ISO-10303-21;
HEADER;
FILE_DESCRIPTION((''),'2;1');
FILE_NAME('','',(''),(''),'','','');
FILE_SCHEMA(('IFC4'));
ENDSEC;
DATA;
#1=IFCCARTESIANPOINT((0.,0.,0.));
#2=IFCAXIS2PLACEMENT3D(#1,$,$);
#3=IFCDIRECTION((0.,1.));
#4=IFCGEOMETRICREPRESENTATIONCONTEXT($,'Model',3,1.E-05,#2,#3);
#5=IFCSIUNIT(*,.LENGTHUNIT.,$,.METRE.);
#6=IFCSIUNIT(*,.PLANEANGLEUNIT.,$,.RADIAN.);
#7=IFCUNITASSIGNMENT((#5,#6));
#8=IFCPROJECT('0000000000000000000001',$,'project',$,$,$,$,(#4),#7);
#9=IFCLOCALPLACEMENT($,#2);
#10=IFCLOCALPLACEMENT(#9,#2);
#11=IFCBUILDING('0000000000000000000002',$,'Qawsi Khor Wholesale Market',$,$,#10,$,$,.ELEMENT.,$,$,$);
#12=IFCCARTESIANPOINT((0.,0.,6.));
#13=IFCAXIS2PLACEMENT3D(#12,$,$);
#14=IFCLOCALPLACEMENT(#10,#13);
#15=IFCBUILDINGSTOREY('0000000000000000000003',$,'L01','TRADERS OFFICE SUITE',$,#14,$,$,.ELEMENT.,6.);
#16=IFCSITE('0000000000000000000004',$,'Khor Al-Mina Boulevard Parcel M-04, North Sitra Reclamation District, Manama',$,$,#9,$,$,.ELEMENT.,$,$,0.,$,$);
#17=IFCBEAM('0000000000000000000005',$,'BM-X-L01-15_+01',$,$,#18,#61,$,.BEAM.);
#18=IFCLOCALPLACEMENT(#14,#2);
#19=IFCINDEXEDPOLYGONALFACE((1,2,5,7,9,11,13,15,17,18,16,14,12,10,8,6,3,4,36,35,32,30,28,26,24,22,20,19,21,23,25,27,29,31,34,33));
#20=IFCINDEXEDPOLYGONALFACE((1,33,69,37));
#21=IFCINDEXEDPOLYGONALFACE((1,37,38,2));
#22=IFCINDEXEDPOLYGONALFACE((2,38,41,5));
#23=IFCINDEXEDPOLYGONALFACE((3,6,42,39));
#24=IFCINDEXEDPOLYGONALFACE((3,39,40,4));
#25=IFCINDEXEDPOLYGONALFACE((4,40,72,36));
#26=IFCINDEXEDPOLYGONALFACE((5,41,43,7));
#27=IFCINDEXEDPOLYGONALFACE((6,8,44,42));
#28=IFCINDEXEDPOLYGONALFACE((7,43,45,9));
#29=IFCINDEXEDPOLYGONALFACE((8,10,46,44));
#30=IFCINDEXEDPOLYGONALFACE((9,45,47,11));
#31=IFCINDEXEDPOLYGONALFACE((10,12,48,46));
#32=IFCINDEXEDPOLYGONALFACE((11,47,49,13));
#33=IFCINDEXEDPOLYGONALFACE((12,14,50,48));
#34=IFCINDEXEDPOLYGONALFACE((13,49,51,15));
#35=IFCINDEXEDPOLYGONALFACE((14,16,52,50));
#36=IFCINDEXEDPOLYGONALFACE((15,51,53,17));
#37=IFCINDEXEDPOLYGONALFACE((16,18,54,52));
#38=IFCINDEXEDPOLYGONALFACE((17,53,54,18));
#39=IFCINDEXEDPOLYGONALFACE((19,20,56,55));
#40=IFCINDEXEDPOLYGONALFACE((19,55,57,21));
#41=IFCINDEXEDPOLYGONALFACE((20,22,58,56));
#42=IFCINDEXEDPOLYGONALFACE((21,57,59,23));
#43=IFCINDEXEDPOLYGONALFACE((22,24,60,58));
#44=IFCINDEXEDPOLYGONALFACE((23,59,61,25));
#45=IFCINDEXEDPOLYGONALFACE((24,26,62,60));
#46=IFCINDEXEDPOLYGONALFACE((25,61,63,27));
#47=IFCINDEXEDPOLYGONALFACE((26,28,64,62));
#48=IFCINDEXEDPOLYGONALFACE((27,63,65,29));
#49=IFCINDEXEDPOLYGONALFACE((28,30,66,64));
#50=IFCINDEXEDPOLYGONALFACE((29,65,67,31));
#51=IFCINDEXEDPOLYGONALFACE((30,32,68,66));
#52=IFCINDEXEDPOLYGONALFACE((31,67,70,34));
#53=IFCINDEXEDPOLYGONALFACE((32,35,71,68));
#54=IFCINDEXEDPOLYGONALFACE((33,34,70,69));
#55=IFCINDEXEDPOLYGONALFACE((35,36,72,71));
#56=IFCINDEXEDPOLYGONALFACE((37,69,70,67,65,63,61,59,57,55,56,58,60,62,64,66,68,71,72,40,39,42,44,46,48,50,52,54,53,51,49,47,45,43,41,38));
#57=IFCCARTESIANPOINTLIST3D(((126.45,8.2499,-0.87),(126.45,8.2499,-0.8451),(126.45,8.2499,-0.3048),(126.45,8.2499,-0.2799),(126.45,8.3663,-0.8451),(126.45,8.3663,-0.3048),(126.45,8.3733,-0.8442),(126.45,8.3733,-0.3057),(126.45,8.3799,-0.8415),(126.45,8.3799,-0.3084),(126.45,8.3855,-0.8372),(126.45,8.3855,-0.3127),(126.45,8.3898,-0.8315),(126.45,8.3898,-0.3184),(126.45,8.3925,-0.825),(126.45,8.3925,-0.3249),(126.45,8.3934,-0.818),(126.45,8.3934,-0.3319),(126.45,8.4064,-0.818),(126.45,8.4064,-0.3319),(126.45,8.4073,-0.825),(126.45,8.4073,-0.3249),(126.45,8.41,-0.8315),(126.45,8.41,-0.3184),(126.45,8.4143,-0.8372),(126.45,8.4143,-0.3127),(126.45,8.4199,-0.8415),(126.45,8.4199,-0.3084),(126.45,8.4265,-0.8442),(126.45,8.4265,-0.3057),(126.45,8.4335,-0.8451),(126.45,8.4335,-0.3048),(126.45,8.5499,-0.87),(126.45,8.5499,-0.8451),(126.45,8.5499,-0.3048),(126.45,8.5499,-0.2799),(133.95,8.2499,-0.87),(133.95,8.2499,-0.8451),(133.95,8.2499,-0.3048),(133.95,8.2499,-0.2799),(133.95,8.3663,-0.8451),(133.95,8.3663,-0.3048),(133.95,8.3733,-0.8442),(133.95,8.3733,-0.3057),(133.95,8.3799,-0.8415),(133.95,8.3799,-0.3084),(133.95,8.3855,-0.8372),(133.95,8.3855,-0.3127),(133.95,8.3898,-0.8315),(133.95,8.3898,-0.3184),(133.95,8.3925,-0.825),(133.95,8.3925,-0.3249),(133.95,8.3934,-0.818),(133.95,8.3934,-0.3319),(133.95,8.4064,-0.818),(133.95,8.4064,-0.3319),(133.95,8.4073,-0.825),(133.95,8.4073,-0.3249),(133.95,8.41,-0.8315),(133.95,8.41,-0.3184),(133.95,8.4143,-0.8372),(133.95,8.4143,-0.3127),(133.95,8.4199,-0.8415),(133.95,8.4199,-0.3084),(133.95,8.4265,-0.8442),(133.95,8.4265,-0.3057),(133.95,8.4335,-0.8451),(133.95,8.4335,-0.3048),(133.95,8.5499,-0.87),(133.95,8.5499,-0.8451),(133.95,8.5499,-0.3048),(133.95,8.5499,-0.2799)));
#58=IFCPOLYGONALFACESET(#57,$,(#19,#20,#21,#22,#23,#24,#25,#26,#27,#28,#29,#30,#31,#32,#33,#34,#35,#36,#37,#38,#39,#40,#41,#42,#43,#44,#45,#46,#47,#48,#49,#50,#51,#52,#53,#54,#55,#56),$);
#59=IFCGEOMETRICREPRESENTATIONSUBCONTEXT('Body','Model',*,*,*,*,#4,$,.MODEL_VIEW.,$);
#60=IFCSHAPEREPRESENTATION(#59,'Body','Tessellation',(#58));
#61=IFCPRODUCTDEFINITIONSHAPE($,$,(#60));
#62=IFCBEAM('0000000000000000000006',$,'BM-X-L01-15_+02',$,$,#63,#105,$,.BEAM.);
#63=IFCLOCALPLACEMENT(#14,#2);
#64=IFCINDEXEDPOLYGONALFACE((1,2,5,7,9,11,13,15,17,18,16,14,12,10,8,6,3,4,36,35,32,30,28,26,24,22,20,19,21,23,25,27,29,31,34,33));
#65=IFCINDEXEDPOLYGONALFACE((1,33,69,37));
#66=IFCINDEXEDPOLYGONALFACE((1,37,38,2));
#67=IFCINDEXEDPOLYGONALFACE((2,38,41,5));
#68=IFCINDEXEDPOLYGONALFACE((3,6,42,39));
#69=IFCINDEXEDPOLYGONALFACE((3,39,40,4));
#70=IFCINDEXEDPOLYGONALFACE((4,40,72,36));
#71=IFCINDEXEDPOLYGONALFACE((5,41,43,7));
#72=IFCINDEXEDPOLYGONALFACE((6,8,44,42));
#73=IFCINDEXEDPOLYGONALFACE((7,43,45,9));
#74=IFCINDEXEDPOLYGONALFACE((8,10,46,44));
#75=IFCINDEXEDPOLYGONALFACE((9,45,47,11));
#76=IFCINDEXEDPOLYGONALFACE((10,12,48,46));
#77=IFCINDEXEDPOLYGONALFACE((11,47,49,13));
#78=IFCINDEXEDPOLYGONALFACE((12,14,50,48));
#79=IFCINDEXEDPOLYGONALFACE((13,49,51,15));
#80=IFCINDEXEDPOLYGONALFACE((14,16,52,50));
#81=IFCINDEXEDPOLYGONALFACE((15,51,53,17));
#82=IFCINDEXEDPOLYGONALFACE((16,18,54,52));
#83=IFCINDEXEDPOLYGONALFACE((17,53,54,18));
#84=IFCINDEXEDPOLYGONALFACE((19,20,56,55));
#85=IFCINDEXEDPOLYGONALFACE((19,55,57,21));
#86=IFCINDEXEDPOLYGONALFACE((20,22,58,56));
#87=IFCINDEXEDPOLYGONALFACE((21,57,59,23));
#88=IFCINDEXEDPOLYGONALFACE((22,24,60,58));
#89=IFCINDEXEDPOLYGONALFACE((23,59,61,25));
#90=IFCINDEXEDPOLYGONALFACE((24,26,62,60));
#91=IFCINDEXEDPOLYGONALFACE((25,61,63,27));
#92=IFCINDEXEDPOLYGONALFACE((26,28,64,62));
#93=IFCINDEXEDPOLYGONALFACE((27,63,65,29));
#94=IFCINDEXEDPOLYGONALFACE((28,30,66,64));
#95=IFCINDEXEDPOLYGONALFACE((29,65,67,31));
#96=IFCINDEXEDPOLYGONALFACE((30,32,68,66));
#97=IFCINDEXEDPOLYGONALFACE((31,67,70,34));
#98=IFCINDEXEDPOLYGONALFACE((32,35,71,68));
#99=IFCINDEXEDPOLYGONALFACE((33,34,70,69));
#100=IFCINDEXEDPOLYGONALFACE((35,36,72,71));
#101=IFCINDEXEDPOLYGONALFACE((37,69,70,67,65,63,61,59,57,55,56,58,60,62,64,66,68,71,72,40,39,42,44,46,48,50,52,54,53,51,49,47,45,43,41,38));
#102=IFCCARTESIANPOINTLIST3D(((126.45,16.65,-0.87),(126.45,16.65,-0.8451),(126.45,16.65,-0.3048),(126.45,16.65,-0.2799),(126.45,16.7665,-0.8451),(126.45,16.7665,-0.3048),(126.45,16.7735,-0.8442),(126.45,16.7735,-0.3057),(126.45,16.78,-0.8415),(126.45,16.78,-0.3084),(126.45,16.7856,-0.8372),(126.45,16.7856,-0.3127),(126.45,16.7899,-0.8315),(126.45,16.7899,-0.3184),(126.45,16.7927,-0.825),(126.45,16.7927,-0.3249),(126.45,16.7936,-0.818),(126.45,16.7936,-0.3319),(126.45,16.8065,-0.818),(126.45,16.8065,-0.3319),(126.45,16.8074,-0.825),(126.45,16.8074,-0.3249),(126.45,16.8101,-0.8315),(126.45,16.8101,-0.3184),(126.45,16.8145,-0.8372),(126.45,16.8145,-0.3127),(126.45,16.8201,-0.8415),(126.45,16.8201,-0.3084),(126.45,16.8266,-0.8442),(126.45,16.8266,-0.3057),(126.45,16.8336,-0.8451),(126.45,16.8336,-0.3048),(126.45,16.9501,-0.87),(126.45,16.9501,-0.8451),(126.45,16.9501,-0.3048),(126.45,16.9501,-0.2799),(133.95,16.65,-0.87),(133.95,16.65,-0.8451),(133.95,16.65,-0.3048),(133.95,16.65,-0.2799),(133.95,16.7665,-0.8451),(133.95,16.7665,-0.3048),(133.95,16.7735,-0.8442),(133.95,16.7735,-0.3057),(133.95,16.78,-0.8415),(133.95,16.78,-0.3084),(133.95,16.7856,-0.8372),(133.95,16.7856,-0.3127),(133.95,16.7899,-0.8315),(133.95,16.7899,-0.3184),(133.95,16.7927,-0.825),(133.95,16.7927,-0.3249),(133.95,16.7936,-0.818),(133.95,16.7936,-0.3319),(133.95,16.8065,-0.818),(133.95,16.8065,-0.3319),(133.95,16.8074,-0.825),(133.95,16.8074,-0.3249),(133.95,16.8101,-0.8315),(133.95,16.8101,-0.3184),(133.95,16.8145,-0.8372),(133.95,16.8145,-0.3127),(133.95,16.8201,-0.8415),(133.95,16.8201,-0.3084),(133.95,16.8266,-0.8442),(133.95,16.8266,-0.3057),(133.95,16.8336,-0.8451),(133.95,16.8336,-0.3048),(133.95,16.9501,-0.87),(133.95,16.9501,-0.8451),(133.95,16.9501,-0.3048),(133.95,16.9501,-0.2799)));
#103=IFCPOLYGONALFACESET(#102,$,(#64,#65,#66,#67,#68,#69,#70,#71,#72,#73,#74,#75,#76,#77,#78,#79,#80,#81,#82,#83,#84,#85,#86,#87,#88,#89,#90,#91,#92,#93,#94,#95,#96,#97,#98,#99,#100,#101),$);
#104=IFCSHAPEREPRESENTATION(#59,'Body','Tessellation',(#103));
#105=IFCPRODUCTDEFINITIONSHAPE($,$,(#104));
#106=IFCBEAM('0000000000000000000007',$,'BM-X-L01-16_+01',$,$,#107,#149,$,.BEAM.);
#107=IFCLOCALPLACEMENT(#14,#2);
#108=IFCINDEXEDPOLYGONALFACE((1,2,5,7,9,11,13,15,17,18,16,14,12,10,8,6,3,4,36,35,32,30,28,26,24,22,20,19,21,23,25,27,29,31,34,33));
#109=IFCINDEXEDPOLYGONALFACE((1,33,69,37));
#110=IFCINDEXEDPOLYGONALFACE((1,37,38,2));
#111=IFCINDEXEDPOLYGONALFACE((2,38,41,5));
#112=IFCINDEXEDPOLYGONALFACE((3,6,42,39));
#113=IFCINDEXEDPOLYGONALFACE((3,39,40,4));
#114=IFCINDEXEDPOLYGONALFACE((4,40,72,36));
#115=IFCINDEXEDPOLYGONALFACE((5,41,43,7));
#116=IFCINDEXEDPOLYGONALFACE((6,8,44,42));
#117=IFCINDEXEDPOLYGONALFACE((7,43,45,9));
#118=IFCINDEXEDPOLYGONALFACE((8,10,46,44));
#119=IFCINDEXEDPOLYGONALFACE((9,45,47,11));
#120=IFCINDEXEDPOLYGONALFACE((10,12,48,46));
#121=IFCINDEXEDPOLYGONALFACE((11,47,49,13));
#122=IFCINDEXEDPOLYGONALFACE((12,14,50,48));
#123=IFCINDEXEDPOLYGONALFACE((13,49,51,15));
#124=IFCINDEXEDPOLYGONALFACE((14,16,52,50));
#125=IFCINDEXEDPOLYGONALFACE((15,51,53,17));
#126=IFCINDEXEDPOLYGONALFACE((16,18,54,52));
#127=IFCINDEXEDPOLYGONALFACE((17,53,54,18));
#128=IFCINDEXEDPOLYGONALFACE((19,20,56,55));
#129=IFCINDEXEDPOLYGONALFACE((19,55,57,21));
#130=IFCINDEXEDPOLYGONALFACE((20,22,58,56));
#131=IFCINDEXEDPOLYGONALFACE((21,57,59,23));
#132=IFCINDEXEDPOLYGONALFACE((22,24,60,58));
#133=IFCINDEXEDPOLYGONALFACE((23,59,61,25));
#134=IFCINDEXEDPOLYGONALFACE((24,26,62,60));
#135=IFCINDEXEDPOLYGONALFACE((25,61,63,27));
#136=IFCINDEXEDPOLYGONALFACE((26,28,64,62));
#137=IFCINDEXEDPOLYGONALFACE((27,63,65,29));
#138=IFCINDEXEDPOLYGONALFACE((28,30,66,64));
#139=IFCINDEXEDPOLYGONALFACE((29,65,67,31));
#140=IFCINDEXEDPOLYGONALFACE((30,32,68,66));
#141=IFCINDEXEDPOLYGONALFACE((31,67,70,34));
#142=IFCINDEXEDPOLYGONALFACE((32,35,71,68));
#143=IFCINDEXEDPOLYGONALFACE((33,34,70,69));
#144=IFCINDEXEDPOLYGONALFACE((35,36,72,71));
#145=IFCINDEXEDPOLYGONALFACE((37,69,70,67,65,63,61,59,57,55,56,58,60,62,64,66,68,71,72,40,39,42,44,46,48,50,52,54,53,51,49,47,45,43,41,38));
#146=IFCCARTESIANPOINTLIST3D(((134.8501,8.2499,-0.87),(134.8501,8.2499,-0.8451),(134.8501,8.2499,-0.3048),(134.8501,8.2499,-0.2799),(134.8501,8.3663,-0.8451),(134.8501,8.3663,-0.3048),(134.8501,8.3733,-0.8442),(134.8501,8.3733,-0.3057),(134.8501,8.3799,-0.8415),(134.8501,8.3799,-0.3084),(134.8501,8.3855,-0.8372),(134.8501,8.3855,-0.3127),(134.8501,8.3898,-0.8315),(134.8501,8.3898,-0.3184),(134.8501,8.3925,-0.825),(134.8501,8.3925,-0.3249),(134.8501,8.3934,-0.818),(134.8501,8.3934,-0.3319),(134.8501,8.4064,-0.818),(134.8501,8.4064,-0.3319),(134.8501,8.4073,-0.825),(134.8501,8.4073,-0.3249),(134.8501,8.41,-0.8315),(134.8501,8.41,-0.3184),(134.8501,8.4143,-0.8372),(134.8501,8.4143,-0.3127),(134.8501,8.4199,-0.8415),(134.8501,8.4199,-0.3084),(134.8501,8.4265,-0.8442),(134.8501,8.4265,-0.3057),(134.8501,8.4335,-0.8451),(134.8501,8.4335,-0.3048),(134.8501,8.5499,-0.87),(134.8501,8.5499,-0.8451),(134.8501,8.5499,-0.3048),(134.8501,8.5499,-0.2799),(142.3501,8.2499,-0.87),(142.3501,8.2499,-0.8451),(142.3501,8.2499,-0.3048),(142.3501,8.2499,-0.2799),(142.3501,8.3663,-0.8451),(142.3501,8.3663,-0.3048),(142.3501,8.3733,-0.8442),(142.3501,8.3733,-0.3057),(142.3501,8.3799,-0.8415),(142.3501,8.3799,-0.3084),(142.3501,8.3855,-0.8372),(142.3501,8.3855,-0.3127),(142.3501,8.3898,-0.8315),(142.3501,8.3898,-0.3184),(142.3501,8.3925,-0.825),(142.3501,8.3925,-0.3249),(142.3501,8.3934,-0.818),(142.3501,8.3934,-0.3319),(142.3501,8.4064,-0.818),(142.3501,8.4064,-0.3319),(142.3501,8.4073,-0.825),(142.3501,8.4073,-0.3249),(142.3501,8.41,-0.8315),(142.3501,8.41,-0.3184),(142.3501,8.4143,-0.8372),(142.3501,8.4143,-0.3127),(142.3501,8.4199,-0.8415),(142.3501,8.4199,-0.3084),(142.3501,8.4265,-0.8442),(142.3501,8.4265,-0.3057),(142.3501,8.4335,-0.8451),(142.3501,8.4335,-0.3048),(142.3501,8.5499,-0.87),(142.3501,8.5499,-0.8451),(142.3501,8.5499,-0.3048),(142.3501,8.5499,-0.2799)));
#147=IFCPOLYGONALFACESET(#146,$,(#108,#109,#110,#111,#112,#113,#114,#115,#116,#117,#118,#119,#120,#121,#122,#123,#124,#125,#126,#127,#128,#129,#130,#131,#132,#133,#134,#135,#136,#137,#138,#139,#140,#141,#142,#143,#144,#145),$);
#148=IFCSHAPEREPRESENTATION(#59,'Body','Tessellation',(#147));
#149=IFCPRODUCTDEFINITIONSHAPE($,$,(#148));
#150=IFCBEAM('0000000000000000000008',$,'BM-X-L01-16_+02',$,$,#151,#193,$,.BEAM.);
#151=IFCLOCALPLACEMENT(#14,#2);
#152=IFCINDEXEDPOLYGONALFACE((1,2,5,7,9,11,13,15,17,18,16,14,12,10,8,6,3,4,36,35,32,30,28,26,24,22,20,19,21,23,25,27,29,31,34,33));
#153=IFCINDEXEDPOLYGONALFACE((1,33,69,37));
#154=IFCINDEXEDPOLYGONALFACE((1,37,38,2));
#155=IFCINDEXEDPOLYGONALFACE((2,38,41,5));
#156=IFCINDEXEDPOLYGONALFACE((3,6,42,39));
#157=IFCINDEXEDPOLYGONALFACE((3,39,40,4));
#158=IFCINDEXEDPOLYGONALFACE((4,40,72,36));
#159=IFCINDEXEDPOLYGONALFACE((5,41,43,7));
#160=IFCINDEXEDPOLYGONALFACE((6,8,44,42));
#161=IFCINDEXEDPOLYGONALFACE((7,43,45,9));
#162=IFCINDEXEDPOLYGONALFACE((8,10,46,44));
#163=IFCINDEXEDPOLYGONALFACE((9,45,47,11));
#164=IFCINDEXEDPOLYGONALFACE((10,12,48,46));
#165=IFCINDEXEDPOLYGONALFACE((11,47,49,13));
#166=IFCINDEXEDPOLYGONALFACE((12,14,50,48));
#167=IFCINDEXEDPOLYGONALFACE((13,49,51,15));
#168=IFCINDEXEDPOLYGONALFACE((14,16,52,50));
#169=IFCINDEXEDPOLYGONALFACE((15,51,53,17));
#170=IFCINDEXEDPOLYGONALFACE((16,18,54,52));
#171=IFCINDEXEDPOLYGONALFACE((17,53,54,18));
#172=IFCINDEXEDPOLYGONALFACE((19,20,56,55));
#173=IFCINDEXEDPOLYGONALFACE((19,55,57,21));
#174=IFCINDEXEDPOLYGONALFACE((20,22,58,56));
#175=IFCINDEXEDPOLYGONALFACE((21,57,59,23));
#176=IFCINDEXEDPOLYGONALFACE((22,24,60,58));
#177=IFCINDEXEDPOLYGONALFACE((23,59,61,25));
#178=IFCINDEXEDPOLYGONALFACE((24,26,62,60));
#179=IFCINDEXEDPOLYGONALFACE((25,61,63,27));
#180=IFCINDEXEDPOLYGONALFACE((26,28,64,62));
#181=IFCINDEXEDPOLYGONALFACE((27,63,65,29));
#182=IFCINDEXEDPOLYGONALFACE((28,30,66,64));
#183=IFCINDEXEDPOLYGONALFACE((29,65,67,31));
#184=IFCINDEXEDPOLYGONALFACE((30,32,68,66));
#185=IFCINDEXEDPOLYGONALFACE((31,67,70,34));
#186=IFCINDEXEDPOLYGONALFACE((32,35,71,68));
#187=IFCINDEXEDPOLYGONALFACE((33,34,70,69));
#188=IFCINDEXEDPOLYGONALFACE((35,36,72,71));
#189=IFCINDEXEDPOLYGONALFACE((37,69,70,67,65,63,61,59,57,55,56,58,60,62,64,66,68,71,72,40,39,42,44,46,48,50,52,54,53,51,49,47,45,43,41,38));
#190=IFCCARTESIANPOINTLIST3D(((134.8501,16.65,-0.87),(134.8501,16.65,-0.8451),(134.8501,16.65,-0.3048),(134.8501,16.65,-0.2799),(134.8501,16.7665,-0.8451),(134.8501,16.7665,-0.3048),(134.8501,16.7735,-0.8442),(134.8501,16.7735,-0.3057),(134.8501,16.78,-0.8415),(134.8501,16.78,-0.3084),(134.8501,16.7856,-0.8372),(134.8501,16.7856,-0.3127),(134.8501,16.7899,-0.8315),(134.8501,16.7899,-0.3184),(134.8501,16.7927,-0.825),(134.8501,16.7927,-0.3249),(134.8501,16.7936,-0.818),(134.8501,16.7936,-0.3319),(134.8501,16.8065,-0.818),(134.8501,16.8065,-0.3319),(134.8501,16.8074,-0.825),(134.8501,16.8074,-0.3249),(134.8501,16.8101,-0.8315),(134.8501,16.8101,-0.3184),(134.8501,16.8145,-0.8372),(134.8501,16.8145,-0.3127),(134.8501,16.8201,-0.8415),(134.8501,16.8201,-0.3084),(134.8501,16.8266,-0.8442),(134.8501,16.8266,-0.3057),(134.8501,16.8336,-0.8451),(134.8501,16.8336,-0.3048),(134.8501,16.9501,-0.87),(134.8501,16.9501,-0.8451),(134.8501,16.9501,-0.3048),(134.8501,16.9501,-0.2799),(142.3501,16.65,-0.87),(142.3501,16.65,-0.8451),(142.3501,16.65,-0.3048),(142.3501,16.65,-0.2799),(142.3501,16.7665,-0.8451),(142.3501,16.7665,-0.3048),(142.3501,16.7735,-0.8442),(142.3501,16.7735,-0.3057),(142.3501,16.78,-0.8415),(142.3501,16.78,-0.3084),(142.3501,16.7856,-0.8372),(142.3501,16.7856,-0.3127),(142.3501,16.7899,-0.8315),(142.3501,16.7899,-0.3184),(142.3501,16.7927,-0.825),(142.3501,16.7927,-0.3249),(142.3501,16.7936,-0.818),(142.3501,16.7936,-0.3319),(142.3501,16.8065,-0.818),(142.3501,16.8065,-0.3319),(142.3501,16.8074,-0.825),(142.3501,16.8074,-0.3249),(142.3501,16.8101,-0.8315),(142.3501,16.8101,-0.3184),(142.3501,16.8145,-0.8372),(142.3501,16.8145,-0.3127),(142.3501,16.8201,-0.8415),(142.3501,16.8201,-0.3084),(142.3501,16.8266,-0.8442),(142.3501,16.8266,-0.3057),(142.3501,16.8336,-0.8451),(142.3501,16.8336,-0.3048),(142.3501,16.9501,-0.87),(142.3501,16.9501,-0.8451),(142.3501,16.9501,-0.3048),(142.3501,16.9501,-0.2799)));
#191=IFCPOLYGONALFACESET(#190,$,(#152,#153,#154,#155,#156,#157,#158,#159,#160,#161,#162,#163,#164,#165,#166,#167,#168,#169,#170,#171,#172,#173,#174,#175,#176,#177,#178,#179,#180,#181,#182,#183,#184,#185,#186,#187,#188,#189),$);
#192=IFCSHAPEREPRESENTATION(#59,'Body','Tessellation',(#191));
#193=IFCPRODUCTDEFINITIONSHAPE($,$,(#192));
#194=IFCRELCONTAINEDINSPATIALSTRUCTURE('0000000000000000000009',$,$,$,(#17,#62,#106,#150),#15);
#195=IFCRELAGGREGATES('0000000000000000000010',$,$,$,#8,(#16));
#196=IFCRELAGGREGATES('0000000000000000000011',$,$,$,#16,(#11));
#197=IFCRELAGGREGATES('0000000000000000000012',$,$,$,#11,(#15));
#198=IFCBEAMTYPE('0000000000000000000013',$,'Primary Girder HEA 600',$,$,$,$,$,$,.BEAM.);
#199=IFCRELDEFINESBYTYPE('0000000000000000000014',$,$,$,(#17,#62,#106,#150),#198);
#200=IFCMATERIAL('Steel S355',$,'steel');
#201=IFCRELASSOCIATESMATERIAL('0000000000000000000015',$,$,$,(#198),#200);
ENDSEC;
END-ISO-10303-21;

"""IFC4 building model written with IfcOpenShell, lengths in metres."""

from ifc_helpers import new_model, si_unit, direction, frame, origin, origin_2d, place, context, subcontext, project, spatial, i_section, extrude, material, material_profile, profile_set, type_object, element, save


model = new_model("IFC4")

# Units and contexts
model_context = context("Model", 3, precision=1e-05, world=origin(), true_north=direction((0.0, 1.0)))
body_context = subcontext(model_context, "Body", "Model", "MODEL_VIEW")
ifc_project = project(units=[si_unit("LENGTHUNIT", "METRE"), si_unit("PLANEANGLEUNIT", "RADIAN")], contexts=[model_context])

# Site, building, storey
site_placement = place(None, origin())
site = spatial("IfcSite", under=ifc_project, at=site_placement, Name="Khor Al-Mina Boulevard Parcel M-04, North Sitra Reclamation District, Manama", CompositionType="ELEMENT", RefElevation=0.0)
building_placement = place(site_placement, origin())
building = spatial("IfcBuilding", under=site, at=building_placement, Name="Qawsi Khor Wholesale Market", CompositionType="ELEMENT")
storey_placement = place(building_placement, frame((0.0, 0.0, 6.0)))
storey = spatial("IfcBuildingStorey", under=building, at=storey_placement, Name="L01", Description="TRADERS OFFICE SUITE", CompositionType="ELEMENT", Elevation=6.0)

# Beams
ifc_material_1 = material(Name="Steel S355", Category="steel")
ifc_material_profile_1 = material_profile(ifc_material_1, i_section(OverallWidth=0.3, OverallDepth=0.5901, WebThickness=0.0129, FlangeThickness=0.0249, FilletRadius=0.0271, at=origin_2d()), Name="HEA 600")
ifc_profile_set_1 = profile_set([ifc_material_profile_1], Name="Steel S355")
beam_type_1 = type_object("IfcBeamType", Name="Primary Girder HEA 600", PredefinedType="BEAM", material=ifc_profile_set_1)
for number, where, z_axis, x_axis, name in (
    (1, (126.45, 8.3999, -0.575), (1.0, 0.0, 0.0), (0.0, 1.0, 0.0), "BM-X-L01-15_+01"),
    (2, (126.45, 16.8, -0.575), (1.0, 0.0, 0.0), (0.0, 1.0, 0.0), "BM-X-L01-15_+02"),
    (3, (134.8501, 8.3999, -0.575), (1.0, 0.0, 0.0), (0.0, 1.0, 0.0), "BM-X-L01-16_+01"),
    (4, (134.8501, 16.8, -0.575), (1.0, 0.0, 0.0), (0.0, 1.0, 0.0), "BM-X-L01-16_+02"),
):
    element("IfcBeam", number, at=place(storey_placement, frame(where, z_axis=z_axis, x_axis=x_axis)), inside=storey, type_object=beam_type_1, Name=name, PredefinedType="BEAM", context=body_context, shape_type="SweptSolid", body=[
        extrude(i_section(OverallWidth=0.3, OverallDepth=0.5901, WebThickness=0.0129, FlangeThickness=0.0249, FilletRadius=0.0271, at=origin_2d()), origin(), (0.0, 0.0, 1.0), 7.5),
    ])

save(model, "model.ifc")
